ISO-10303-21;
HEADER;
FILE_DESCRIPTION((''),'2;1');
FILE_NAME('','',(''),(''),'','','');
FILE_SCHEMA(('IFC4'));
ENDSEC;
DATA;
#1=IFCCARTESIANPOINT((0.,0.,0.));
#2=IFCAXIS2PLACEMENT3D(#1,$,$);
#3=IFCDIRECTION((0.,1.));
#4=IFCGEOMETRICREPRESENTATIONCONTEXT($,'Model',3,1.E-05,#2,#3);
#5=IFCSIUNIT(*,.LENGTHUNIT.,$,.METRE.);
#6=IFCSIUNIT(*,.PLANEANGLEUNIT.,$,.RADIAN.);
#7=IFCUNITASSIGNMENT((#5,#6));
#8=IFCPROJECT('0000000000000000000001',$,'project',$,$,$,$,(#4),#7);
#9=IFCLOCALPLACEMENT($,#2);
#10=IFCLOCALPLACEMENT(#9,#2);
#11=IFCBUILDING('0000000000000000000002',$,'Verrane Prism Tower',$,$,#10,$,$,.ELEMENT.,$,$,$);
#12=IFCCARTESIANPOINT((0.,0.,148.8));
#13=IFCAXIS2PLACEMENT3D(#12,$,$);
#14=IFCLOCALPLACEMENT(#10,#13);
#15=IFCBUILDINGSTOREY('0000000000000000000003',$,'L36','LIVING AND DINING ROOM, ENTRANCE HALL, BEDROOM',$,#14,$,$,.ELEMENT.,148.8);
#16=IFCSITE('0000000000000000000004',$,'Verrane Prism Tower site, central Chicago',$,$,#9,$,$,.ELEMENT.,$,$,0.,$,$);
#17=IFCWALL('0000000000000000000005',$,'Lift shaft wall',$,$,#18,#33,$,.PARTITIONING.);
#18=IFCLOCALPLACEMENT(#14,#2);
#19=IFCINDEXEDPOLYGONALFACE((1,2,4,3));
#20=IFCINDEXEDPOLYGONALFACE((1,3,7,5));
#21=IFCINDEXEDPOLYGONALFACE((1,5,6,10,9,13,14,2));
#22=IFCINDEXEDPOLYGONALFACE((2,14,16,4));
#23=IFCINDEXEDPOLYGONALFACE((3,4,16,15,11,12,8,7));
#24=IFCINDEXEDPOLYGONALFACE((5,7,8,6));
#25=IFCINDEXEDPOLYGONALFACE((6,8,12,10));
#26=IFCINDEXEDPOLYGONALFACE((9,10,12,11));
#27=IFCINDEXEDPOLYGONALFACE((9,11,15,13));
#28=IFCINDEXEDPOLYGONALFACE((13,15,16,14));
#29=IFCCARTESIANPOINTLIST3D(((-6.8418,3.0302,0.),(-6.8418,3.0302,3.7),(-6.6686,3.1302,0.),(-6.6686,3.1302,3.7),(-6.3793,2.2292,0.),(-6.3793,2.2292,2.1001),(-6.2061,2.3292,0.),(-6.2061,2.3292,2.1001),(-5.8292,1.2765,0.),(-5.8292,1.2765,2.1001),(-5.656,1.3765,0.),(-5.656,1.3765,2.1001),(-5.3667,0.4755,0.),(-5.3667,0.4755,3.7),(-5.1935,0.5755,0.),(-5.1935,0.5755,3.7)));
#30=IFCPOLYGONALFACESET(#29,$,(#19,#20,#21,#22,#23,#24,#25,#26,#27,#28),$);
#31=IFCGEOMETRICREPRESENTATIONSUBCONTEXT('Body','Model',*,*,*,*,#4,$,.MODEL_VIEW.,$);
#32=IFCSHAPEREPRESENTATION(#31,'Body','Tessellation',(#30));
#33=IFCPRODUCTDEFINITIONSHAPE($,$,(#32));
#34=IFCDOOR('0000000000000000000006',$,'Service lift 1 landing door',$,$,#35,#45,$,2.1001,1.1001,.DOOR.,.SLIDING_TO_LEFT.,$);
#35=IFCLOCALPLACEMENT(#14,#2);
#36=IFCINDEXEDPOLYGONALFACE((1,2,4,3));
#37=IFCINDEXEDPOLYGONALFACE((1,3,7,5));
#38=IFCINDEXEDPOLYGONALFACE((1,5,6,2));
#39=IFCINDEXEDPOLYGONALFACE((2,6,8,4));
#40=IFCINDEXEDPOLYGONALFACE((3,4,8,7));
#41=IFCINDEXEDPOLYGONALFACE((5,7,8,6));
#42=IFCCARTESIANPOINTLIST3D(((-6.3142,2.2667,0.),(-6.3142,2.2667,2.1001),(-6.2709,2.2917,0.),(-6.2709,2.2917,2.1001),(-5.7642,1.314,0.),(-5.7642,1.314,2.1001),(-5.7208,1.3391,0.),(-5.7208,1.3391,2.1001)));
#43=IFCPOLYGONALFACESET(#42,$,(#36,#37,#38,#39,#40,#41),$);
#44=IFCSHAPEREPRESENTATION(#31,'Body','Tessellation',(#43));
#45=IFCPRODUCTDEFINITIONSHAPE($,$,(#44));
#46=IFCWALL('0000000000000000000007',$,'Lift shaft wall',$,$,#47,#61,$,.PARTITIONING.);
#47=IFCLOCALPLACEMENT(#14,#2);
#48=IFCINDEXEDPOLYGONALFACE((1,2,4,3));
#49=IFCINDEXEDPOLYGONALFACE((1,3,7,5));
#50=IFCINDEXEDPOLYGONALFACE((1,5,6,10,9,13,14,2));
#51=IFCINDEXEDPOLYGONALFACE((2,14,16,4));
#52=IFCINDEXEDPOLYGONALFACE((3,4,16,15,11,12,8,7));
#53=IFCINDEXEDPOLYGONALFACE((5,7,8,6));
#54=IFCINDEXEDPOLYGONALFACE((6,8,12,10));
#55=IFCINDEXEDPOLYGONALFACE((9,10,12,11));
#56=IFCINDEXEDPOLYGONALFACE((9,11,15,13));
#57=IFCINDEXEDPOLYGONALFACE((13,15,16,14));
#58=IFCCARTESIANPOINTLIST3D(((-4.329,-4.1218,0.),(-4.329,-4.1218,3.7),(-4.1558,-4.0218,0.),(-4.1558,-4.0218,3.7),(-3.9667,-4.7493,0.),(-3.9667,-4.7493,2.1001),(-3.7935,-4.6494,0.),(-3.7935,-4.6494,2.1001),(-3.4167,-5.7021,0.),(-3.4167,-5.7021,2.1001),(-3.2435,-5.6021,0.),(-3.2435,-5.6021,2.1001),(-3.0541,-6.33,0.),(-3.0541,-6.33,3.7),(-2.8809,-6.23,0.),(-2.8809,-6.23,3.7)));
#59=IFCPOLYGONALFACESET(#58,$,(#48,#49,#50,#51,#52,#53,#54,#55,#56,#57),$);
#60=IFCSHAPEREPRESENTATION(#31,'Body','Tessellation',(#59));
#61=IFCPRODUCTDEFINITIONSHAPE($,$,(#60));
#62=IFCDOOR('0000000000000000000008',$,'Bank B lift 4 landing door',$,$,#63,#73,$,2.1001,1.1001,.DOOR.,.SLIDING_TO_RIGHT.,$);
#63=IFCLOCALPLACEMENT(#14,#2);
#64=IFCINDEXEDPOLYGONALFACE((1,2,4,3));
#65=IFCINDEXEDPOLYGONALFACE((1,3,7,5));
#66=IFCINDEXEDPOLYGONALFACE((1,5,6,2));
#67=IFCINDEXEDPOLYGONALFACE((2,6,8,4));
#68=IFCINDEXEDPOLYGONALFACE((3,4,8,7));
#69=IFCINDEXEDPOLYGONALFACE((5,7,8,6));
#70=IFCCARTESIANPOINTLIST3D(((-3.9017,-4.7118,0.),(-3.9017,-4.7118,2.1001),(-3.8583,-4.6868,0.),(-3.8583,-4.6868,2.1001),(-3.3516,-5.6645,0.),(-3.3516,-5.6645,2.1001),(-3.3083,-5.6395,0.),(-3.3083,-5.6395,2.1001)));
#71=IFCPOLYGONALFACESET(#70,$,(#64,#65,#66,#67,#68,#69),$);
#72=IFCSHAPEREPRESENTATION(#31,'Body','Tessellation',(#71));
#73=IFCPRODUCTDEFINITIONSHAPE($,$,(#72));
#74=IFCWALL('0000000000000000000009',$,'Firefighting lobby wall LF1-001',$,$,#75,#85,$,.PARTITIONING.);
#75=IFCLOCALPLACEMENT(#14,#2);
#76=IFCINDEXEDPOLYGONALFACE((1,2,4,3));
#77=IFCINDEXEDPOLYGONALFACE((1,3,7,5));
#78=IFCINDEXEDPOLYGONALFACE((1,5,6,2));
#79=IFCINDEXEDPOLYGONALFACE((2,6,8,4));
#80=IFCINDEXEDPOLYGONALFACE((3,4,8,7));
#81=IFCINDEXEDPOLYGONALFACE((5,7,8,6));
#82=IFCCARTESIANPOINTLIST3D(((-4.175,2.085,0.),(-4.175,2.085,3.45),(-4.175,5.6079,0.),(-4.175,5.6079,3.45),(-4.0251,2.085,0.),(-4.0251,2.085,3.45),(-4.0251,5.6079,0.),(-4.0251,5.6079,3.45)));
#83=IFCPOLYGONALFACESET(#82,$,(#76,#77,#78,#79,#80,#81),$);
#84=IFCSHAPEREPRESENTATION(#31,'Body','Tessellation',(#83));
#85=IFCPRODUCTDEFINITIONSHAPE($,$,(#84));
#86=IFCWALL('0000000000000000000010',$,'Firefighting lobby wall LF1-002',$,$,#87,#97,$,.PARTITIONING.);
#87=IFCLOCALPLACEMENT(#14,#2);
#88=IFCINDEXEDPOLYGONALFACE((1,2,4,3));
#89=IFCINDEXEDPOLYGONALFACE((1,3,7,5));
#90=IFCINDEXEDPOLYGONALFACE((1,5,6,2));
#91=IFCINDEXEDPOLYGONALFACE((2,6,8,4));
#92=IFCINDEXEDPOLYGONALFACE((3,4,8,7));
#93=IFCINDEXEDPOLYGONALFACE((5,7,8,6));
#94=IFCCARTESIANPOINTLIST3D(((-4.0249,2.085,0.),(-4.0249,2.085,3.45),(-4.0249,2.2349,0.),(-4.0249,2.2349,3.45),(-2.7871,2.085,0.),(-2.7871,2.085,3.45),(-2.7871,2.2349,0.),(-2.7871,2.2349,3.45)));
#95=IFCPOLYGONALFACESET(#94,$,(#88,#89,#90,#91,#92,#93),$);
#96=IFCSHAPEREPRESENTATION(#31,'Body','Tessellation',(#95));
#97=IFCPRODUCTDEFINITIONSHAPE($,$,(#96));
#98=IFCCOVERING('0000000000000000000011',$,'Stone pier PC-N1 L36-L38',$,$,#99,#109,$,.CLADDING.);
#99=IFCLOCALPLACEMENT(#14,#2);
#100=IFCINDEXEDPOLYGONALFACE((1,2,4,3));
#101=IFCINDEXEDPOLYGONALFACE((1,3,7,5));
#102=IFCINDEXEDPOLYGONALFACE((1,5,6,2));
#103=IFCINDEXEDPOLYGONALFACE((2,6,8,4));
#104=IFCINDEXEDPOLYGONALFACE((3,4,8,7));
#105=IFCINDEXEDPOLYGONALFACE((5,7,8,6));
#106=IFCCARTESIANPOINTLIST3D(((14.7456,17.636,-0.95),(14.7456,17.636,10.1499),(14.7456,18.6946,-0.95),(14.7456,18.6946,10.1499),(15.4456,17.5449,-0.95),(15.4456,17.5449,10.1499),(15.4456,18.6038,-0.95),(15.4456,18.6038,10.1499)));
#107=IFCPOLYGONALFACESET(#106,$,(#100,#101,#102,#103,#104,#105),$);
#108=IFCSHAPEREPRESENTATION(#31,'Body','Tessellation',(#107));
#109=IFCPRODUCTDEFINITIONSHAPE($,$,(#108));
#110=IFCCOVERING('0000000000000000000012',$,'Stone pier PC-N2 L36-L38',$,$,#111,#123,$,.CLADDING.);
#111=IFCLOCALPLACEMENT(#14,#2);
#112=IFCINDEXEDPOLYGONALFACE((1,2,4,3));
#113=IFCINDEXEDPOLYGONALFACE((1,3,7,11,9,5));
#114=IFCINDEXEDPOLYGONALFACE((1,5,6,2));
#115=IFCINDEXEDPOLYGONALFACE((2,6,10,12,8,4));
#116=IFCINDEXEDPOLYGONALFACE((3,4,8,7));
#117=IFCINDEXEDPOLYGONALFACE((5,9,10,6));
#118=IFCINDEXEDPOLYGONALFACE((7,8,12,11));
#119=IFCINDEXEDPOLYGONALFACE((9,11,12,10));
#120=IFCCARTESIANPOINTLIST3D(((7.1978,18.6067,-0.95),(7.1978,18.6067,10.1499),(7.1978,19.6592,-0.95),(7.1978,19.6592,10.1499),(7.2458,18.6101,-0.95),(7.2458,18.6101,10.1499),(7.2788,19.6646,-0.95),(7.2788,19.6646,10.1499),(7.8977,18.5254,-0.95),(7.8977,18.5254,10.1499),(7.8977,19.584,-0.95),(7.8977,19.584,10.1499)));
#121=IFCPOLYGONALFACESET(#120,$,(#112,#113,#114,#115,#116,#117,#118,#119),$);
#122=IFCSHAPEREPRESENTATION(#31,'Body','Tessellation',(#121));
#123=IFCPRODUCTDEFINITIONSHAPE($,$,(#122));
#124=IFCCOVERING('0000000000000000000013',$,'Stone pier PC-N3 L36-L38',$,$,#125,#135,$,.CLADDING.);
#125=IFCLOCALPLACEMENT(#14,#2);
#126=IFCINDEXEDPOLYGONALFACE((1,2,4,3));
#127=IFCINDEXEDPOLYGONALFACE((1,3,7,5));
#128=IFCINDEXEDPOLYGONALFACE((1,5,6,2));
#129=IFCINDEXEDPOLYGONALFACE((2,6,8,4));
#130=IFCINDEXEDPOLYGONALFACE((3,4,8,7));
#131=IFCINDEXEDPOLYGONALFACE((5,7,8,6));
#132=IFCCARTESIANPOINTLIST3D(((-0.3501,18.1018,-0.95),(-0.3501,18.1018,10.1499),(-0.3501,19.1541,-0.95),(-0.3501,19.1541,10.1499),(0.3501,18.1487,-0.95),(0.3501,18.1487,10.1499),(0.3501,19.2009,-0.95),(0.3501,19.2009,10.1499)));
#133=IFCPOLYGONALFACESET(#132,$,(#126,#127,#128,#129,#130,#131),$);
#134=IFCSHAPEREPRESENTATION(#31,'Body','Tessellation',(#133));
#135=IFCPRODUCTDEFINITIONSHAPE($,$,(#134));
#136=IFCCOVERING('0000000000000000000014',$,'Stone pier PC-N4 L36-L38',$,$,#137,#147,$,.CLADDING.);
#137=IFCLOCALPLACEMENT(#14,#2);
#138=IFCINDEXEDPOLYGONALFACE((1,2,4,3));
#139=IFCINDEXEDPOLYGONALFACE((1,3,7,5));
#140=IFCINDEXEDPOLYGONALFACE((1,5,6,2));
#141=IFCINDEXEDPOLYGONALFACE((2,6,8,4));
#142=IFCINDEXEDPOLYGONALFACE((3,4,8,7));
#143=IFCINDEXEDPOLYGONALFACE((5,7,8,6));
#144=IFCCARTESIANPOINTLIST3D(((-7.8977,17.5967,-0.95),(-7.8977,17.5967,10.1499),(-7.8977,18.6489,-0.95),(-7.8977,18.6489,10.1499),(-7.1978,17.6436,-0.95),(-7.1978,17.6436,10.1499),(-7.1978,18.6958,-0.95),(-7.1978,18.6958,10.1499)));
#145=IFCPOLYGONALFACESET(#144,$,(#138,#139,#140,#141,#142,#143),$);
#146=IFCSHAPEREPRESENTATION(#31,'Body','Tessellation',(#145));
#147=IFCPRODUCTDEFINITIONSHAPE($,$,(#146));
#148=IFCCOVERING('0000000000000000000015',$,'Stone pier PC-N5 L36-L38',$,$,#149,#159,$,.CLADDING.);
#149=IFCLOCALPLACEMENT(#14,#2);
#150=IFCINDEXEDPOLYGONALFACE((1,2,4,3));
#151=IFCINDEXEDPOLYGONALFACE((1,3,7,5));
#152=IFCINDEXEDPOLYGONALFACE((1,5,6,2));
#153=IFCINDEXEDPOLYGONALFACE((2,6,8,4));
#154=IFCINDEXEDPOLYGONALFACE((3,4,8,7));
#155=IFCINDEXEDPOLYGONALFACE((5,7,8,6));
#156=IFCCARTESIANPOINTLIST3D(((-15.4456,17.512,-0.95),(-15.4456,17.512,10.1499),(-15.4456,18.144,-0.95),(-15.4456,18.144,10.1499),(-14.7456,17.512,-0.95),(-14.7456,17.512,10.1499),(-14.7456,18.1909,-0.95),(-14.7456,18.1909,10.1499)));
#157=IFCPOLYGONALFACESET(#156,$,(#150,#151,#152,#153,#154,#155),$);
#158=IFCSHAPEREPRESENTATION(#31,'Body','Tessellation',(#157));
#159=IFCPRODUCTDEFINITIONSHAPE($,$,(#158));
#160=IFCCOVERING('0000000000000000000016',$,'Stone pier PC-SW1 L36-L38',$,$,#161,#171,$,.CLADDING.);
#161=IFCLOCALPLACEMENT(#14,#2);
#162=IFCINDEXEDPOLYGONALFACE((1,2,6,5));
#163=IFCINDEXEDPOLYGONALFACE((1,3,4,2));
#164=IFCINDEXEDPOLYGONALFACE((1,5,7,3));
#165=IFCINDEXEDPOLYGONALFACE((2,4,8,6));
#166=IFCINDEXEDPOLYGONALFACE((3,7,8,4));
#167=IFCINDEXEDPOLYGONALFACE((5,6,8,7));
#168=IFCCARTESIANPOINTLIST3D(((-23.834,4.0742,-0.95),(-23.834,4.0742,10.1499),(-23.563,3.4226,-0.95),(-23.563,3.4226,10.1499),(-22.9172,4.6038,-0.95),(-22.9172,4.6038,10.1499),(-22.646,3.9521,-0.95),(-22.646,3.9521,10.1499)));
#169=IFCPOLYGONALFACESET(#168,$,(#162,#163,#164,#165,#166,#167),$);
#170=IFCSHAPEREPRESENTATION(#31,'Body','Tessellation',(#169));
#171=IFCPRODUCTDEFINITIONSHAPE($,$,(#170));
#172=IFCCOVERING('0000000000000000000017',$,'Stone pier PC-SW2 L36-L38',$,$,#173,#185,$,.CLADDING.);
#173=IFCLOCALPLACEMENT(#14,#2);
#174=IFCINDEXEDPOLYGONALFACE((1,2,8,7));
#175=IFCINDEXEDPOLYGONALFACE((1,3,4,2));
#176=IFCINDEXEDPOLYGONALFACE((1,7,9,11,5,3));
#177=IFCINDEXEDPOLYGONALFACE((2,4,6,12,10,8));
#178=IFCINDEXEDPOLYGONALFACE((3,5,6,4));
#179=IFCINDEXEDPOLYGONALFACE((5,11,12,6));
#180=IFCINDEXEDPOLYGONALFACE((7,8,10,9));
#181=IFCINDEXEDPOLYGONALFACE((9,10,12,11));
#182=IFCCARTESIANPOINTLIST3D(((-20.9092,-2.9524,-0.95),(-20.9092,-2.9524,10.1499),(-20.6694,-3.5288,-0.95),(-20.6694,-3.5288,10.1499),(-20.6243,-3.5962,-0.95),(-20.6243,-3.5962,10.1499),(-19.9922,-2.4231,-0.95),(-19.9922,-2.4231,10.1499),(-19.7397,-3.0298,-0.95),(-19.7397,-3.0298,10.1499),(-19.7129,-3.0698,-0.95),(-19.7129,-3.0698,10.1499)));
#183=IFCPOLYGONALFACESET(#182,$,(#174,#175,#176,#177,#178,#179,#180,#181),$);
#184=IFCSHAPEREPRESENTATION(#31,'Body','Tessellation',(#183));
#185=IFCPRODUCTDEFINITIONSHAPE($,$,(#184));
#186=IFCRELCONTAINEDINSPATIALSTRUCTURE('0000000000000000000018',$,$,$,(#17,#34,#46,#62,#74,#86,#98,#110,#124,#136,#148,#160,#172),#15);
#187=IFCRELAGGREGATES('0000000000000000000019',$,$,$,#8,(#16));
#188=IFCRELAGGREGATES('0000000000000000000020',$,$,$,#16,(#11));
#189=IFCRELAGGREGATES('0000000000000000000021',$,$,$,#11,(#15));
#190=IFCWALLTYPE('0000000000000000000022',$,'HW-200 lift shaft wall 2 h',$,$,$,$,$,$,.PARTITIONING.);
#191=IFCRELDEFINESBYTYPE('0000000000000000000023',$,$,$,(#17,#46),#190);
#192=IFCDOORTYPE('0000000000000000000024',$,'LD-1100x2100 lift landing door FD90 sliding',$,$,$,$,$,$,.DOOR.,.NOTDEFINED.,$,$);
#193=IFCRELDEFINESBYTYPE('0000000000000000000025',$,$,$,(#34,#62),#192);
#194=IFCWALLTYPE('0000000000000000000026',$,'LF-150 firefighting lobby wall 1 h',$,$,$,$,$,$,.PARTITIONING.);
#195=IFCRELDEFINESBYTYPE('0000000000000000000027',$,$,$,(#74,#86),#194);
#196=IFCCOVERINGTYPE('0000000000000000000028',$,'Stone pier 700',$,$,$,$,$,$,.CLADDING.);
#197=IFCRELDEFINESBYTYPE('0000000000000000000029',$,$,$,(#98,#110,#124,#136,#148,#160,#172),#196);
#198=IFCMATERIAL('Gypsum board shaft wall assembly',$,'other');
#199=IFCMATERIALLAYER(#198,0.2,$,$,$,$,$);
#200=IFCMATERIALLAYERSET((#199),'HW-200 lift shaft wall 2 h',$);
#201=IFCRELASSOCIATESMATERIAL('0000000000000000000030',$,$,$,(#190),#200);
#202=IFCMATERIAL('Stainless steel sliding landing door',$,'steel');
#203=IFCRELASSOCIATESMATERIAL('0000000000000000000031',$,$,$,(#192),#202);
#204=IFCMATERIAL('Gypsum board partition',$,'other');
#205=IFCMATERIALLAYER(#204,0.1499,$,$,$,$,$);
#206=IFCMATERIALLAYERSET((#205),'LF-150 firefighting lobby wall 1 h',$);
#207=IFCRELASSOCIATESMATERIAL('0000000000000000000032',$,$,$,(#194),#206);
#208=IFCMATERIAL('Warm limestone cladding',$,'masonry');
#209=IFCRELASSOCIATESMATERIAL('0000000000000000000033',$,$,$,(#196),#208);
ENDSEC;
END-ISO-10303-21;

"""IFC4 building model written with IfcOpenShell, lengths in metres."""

from ifc_helpers import new_model, si_unit, direction, frame, frame_2d, origin, place, context, subcontext, project, spatial, polyline, rectangle, outline, extrude, material, layer, layer_set, type_object, element, fill, save


model = new_model("IFC4")

# Units and contexts
model_context = context("Model", 3, precision=1e-05, world=origin(), true_north=direction((0.0, 1.0)))
body_context = subcontext(model_context, "Body", "Model", "MODEL_VIEW")
ifc_project = project(units=[si_unit("LENGTHUNIT", "METRE"), si_unit("PLANEANGLEUNIT", "RADIAN")], contexts=[model_context])

# Site, building, storey
site_placement = place(None, origin())
site = spatial("IfcSite", under=ifc_project, at=site_placement, Name="Verrane Prism Tower site, central Chicago", CompositionType="ELEMENT", RefElevation=0.0)
building_placement = place(site_placement, origin())
building = spatial("IfcBuilding", under=site, at=building_placement, Name="Verrane Prism Tower", CompositionType="ELEMENT")
storey_placement = place(building_placement, frame((0.0, 0.0, 148.8)))
storey = spatial("IfcBuildingStorey", under=building, at=storey_placement, Name="L36", Description="LIVING AND DINING ROOM, ENTRANCE HALL, BEDROOM", CompositionType="ELEMENT", Elevation=148.8)

# Shared definitions
ifc_material_1 = material(Name="Gypsum board shaft wall assembly", Category="other")
ifc_layer_1 = layer(ifc_material_1, 0.2)
ifc_layer_set_1 = layer_set([ifc_layer_1], Name="HW-200 lift shaft wall 2 h")
wall_type_1 = type_object("IfcWallType", Name="HW-200 lift shaft wall 2 h", PredefinedType="PARTITIONING", material=ifc_layer_set_1)
ifc_material_2 = material(Name="Stainless steel sliding landing door", Category="steel")
door_type = type_object("IfcDoorType", Name="LD-1100x2100 lift landing door FD90 sliding", OperationType="NOTDEFINED", PredefinedType="DOOR", material=ifc_material_2)

# Walls, openings, doors
wall_1_placement = place(storey_placement, frame((-5.28, 0.5254, 0.0), z_axis=(0.0, 0.0, 1.0), x_axis=(-0.500038, 0.866004, 0.0)))
wall_1 = element("IfcWall", 1, at=wall_1_placement, inside=storey, type_object=wall_type_1, Name="Lift shaft wall", PredefinedType="PARTITIONING", context=body_context, shape_type="SweptSolid", body=[
    extrude(rectangle(XDim=2.95, YDim=0.2, at=frame_2d((1.4751, 0.0))), origin(), (0.0, 0.0, 1.0), 3.7),
])
opening_1_placement = place(wall_1_placement, frame((0.925, 0.0, 0.0)))
opening_1 = element("IfcOpeningElement", 2, at=opening_1_placement, cuts=wall_1, PredefinedType="OPENING", context=body_context, shape_type="SweptSolid", body=[
    extrude(rectangle(XDim=1.1001, YDim=2.1001, at=frame_2d((0.55, 1.05))), frame((0.0, 0.1099, 0.0), z_axis=(0.0, -1.0, 0.0), x_axis=(1.0, 0.0, 0.0)), (0.0, 0.0, 1.0), 0.22),
])
door_1_placement = place(opening_1_placement, origin())
door_1 = element("IfcDoor", 3, at=door_1_placement, inside=storey, type_object=door_type, Name="Service lift 1 landing door", OperationType="SLIDING_TO_LEFT", OverallHeight=2.1001, OverallWidth=1.1001, PredefinedType="DOOR", context=body_context, shape_type="SweptSolid", body=[
    extrude(rectangle(XDim=1.1001, YDim=2.1001, at=frame_2d((0.55, 1.05))), frame((0.0, 0.0249, 0.0), z_axis=(0.0, -1.0, 0.0), x_axis=(1.0, 0.0, 0.0)), (0.0, 0.0, 1.0), 0.05),
])
fill(opening_1, door_1)
wall_2_placement = place(storey_placement, frame((-2.9675, -6.28, 0.0), z_axis=(0.0, 0.0, 1.0), x_axis=(-0.49999, 0.866031, 0.0)))
wall_2 = element("IfcWall", 4, at=wall_2_placement, inside=storey, type_object=wall_type_1, Name="Lift shaft wall", PredefinedType="PARTITIONING", context=body_context, shape_type="SweptSolid", body=[
    extrude(rectangle(XDim=2.5498, YDim=0.2, at=frame_2d((1.2749, 0.0))), origin(), (0.0, 0.0, 1.0), 3.7),
])
opening_2_placement = place(wall_2_placement, frame((0.7251, 0.0, 0.0)))
opening_2 = element("IfcOpeningElement", 5, at=opening_2_placement, cuts=wall_2, PredefinedType="OPENING", context=body_context, shape_type="SweptSolid", body=[
    extrude(rectangle(XDim=1.1001, YDim=2.1001, at=frame_2d((0.55, 1.05))), frame((0.0, 0.1099, 0.0), z_axis=(0.0, -1.0, 0.0), x_axis=(1.0, 0.0, 0.0)), (0.0, 0.0, 1.0), 0.22),
])
door_2_placement = place(opening_2_placement, origin())
door_2 = element("IfcDoor", 6, at=door_2_placement, inside=storey, type_object=door_type, Name="Bank B lift 4 landing door", OperationType="SLIDING_TO_RIGHT", OverallHeight=2.1001, OverallWidth=1.1001, PredefinedType="DOOR", context=body_context, shape_type="SweptSolid", body=[
    extrude(rectangle(XDim=1.1001, YDim=2.1001, at=frame_2d((0.55, 1.05))), frame((0.0, 0.0249, 0.0), z_axis=(0.0, -1.0, 0.0), x_axis=(1.0, 0.0, 0.0)), (0.0, 0.0, 1.0), 0.05),
])
fill(opening_2, door_2)

# Walls
ifc_material_3 = material(Name="Gypsum board partition", Category="other")
ifc_layer_2 = layer(ifc_material_3, 0.1499)
ifc_layer_set_2 = layer_set([ifc_layer_2], Name="LF-150 firefighting lobby wall 1 h")
wall_type_2 = type_object("IfcWallType", Name="LF-150 firefighting lobby wall 1 h", PredefinedType="PARTITIONING", material=ifc_layer_set_2)
wall_3_placement = place(storey_placement, frame((-4.1001, 2.085, 0.0), z_axis=(0.0, 0.0, 1.0), x_axis=(0.0, 1.0, 0.0)))
element("IfcWall", 7, at=wall_3_placement, inside=storey, type_object=wall_type_2, Name="Firefighting lobby wall LF1-001", PredefinedType="PARTITIONING", context=body_context, shape_type="SweptSolid", body=[
    extrude(rectangle(XDim=3.5229, YDim=0.1499, at=frame_2d((1.7615, 0.0))), origin(), (0.0, 0.0, 1.0), 3.45),
])
wall_4_placement = place(storey_placement, frame((-4.0249, 2.1599, 0.0), z_axis=(0.0, 0.0, 1.0), x_axis=(1.0, 0.0, 0.0)))
element("IfcWall", 8, at=wall_4_placement, inside=storey, type_object=wall_type_2, Name="Firefighting lobby wall LF1-002", PredefinedType="PARTITIONING", context=body_context, shape_type="SweptSolid", body=[
    extrude(rectangle(XDim=1.2378, YDim=0.1499, at=frame_2d((0.6189, 0.0))), origin(), (0.0, 0.0, 1.0), 3.45),
])

# Coverings
ifc_material_4 = material(Name="Warm limestone cladding", Category="masonry")
covering_type = type_object("IfcCoveringType", Name="Stone pier 700", PredefinedType="CLADDING", material=ifc_material_4)
covering_1_placement = place(storey_placement, frame((0.0, 0.0, -0.95)))
element("IfcCovering", 9, at=covering_1_placement, inside=storey, type_object=covering_type, Name="Stone pier PC-N1 L36-L38", PredefinedType="CLADDING", context=body_context, shape_type="SweptSolid", body=[
    extrude(outline(polyline([(14.7456, 18.6946), (14.7456, 17.636), (15.4456, 17.5449), (15.4456, 18.6038), (14.7456, 18.6946)])), origin(), (0.0, 0.0, 1.0), 11.0999),
])
covering_2_placement = place(storey_placement, frame((0.0, 0.0, -0.95)))
element("IfcCovering", 10, at=covering_2_placement, inside=storey, type_object=covering_type, Name="Stone pier PC-N2 L36-L38", PredefinedType="CLADDING", context=body_context, shape_type="SweptSolid", body=[
    extrude(outline(polyline([(7.1978, 19.6592), (7.1978, 18.6067), (7.2458, 18.6101), (7.8977, 18.5254), (7.8977, 19.584), (7.2788, 19.6646), (7.1978, 19.6592)])), origin(), (0.0, 0.0, 1.0), 11.0999),
])
covering_3_placement = place(storey_placement, frame((0.0, 0.0, -0.95)))
element("IfcCovering", 11, at=covering_3_placement, inside=storey, type_object=covering_type, Name="Stone pier PC-N3 L36-L38", PredefinedType="CLADDING", context=body_context, shape_type="SweptSolid", body=[
    extrude(outline(polyline([(-0.3501, 19.1541), (-0.3501, 18.1018), (0.3501, 18.1487), (0.3501, 19.2009), (-0.3501, 19.1541)])), origin(), (0.0, 0.0, 1.0), 11.0999),
])
covering_4_placement = place(storey_placement, frame((0.0, 0.0, -0.95)))
element("IfcCovering", 12, at=covering_4_placement, inside=storey, type_object=covering_type, Name="Stone pier PC-N4 L36-L38", PredefinedType="CLADDING", context=body_context, shape_type="SweptSolid", body=[
    extrude(outline(polyline([(-7.8977, 18.6489), (-7.8977, 17.5967), (-7.1978, 17.6436), (-7.1978, 18.6958), (-7.8977, 18.6489)])), origin(), (0.0, 0.0, 1.0), 11.0999),
])
covering_5_placement = place(storey_placement, frame((0.0, 0.0, -0.95)))
element("IfcCovering", 13, at=covering_5_placement, inside=storey, type_object=covering_type, Name="Stone pier PC-N5 L36-L38", PredefinedType="CLADDING", context=body_context, shape_type="SweptSolid", body=[
    extrude(outline(polyline([(-15.4456, 17.512), (-14.7456, 17.512), (-14.7456, 18.1909), (-15.4456, 18.144), (-15.4456, 17.512)])), origin(), (0.0, 0.0, 1.0), 11.0999),
])
covering_6_placement = place(storey_placement, frame((0.0, 0.0, -0.95)))
element("IfcCovering", 14, at=covering_6_placement, inside=storey, type_object=covering_type, Name="Stone pier PC-SW1 L36-L38", PredefinedType="CLADDING", context=body_context, shape_type="SweptSolid", body=[
    extrude(outline(polyline([(-23.563, 3.4226), (-22.646, 3.9521), (-22.9172, 4.6038), (-23.834, 4.0742), (-23.563, 3.4226)])), origin(), (0.0, 0.0, 1.0), 11.0999),
])
covering_7_placement = place(storey_placement, frame((0.0, 0.0, -0.95)))
element("IfcCovering", 15, at=covering_7_placement, inside=storey, type_object=covering_type, Name="Stone pier PC-SW2 L36-L38", PredefinedType="CLADDING", context=body_context, shape_type="SweptSolid", body=[
    extrude(outline(polyline([(-20.6243, -3.5962), (-19.7129, -3.0698), (-19.7397, -3.0298), (-19.9922, -2.4231), (-20.9092, -2.9524), (-20.6694, -3.5288), (-20.6243, -3.5962)])), origin(), (0.0, 0.0, 1.0), 11.0999),
])

save(model, "model.ifc")
